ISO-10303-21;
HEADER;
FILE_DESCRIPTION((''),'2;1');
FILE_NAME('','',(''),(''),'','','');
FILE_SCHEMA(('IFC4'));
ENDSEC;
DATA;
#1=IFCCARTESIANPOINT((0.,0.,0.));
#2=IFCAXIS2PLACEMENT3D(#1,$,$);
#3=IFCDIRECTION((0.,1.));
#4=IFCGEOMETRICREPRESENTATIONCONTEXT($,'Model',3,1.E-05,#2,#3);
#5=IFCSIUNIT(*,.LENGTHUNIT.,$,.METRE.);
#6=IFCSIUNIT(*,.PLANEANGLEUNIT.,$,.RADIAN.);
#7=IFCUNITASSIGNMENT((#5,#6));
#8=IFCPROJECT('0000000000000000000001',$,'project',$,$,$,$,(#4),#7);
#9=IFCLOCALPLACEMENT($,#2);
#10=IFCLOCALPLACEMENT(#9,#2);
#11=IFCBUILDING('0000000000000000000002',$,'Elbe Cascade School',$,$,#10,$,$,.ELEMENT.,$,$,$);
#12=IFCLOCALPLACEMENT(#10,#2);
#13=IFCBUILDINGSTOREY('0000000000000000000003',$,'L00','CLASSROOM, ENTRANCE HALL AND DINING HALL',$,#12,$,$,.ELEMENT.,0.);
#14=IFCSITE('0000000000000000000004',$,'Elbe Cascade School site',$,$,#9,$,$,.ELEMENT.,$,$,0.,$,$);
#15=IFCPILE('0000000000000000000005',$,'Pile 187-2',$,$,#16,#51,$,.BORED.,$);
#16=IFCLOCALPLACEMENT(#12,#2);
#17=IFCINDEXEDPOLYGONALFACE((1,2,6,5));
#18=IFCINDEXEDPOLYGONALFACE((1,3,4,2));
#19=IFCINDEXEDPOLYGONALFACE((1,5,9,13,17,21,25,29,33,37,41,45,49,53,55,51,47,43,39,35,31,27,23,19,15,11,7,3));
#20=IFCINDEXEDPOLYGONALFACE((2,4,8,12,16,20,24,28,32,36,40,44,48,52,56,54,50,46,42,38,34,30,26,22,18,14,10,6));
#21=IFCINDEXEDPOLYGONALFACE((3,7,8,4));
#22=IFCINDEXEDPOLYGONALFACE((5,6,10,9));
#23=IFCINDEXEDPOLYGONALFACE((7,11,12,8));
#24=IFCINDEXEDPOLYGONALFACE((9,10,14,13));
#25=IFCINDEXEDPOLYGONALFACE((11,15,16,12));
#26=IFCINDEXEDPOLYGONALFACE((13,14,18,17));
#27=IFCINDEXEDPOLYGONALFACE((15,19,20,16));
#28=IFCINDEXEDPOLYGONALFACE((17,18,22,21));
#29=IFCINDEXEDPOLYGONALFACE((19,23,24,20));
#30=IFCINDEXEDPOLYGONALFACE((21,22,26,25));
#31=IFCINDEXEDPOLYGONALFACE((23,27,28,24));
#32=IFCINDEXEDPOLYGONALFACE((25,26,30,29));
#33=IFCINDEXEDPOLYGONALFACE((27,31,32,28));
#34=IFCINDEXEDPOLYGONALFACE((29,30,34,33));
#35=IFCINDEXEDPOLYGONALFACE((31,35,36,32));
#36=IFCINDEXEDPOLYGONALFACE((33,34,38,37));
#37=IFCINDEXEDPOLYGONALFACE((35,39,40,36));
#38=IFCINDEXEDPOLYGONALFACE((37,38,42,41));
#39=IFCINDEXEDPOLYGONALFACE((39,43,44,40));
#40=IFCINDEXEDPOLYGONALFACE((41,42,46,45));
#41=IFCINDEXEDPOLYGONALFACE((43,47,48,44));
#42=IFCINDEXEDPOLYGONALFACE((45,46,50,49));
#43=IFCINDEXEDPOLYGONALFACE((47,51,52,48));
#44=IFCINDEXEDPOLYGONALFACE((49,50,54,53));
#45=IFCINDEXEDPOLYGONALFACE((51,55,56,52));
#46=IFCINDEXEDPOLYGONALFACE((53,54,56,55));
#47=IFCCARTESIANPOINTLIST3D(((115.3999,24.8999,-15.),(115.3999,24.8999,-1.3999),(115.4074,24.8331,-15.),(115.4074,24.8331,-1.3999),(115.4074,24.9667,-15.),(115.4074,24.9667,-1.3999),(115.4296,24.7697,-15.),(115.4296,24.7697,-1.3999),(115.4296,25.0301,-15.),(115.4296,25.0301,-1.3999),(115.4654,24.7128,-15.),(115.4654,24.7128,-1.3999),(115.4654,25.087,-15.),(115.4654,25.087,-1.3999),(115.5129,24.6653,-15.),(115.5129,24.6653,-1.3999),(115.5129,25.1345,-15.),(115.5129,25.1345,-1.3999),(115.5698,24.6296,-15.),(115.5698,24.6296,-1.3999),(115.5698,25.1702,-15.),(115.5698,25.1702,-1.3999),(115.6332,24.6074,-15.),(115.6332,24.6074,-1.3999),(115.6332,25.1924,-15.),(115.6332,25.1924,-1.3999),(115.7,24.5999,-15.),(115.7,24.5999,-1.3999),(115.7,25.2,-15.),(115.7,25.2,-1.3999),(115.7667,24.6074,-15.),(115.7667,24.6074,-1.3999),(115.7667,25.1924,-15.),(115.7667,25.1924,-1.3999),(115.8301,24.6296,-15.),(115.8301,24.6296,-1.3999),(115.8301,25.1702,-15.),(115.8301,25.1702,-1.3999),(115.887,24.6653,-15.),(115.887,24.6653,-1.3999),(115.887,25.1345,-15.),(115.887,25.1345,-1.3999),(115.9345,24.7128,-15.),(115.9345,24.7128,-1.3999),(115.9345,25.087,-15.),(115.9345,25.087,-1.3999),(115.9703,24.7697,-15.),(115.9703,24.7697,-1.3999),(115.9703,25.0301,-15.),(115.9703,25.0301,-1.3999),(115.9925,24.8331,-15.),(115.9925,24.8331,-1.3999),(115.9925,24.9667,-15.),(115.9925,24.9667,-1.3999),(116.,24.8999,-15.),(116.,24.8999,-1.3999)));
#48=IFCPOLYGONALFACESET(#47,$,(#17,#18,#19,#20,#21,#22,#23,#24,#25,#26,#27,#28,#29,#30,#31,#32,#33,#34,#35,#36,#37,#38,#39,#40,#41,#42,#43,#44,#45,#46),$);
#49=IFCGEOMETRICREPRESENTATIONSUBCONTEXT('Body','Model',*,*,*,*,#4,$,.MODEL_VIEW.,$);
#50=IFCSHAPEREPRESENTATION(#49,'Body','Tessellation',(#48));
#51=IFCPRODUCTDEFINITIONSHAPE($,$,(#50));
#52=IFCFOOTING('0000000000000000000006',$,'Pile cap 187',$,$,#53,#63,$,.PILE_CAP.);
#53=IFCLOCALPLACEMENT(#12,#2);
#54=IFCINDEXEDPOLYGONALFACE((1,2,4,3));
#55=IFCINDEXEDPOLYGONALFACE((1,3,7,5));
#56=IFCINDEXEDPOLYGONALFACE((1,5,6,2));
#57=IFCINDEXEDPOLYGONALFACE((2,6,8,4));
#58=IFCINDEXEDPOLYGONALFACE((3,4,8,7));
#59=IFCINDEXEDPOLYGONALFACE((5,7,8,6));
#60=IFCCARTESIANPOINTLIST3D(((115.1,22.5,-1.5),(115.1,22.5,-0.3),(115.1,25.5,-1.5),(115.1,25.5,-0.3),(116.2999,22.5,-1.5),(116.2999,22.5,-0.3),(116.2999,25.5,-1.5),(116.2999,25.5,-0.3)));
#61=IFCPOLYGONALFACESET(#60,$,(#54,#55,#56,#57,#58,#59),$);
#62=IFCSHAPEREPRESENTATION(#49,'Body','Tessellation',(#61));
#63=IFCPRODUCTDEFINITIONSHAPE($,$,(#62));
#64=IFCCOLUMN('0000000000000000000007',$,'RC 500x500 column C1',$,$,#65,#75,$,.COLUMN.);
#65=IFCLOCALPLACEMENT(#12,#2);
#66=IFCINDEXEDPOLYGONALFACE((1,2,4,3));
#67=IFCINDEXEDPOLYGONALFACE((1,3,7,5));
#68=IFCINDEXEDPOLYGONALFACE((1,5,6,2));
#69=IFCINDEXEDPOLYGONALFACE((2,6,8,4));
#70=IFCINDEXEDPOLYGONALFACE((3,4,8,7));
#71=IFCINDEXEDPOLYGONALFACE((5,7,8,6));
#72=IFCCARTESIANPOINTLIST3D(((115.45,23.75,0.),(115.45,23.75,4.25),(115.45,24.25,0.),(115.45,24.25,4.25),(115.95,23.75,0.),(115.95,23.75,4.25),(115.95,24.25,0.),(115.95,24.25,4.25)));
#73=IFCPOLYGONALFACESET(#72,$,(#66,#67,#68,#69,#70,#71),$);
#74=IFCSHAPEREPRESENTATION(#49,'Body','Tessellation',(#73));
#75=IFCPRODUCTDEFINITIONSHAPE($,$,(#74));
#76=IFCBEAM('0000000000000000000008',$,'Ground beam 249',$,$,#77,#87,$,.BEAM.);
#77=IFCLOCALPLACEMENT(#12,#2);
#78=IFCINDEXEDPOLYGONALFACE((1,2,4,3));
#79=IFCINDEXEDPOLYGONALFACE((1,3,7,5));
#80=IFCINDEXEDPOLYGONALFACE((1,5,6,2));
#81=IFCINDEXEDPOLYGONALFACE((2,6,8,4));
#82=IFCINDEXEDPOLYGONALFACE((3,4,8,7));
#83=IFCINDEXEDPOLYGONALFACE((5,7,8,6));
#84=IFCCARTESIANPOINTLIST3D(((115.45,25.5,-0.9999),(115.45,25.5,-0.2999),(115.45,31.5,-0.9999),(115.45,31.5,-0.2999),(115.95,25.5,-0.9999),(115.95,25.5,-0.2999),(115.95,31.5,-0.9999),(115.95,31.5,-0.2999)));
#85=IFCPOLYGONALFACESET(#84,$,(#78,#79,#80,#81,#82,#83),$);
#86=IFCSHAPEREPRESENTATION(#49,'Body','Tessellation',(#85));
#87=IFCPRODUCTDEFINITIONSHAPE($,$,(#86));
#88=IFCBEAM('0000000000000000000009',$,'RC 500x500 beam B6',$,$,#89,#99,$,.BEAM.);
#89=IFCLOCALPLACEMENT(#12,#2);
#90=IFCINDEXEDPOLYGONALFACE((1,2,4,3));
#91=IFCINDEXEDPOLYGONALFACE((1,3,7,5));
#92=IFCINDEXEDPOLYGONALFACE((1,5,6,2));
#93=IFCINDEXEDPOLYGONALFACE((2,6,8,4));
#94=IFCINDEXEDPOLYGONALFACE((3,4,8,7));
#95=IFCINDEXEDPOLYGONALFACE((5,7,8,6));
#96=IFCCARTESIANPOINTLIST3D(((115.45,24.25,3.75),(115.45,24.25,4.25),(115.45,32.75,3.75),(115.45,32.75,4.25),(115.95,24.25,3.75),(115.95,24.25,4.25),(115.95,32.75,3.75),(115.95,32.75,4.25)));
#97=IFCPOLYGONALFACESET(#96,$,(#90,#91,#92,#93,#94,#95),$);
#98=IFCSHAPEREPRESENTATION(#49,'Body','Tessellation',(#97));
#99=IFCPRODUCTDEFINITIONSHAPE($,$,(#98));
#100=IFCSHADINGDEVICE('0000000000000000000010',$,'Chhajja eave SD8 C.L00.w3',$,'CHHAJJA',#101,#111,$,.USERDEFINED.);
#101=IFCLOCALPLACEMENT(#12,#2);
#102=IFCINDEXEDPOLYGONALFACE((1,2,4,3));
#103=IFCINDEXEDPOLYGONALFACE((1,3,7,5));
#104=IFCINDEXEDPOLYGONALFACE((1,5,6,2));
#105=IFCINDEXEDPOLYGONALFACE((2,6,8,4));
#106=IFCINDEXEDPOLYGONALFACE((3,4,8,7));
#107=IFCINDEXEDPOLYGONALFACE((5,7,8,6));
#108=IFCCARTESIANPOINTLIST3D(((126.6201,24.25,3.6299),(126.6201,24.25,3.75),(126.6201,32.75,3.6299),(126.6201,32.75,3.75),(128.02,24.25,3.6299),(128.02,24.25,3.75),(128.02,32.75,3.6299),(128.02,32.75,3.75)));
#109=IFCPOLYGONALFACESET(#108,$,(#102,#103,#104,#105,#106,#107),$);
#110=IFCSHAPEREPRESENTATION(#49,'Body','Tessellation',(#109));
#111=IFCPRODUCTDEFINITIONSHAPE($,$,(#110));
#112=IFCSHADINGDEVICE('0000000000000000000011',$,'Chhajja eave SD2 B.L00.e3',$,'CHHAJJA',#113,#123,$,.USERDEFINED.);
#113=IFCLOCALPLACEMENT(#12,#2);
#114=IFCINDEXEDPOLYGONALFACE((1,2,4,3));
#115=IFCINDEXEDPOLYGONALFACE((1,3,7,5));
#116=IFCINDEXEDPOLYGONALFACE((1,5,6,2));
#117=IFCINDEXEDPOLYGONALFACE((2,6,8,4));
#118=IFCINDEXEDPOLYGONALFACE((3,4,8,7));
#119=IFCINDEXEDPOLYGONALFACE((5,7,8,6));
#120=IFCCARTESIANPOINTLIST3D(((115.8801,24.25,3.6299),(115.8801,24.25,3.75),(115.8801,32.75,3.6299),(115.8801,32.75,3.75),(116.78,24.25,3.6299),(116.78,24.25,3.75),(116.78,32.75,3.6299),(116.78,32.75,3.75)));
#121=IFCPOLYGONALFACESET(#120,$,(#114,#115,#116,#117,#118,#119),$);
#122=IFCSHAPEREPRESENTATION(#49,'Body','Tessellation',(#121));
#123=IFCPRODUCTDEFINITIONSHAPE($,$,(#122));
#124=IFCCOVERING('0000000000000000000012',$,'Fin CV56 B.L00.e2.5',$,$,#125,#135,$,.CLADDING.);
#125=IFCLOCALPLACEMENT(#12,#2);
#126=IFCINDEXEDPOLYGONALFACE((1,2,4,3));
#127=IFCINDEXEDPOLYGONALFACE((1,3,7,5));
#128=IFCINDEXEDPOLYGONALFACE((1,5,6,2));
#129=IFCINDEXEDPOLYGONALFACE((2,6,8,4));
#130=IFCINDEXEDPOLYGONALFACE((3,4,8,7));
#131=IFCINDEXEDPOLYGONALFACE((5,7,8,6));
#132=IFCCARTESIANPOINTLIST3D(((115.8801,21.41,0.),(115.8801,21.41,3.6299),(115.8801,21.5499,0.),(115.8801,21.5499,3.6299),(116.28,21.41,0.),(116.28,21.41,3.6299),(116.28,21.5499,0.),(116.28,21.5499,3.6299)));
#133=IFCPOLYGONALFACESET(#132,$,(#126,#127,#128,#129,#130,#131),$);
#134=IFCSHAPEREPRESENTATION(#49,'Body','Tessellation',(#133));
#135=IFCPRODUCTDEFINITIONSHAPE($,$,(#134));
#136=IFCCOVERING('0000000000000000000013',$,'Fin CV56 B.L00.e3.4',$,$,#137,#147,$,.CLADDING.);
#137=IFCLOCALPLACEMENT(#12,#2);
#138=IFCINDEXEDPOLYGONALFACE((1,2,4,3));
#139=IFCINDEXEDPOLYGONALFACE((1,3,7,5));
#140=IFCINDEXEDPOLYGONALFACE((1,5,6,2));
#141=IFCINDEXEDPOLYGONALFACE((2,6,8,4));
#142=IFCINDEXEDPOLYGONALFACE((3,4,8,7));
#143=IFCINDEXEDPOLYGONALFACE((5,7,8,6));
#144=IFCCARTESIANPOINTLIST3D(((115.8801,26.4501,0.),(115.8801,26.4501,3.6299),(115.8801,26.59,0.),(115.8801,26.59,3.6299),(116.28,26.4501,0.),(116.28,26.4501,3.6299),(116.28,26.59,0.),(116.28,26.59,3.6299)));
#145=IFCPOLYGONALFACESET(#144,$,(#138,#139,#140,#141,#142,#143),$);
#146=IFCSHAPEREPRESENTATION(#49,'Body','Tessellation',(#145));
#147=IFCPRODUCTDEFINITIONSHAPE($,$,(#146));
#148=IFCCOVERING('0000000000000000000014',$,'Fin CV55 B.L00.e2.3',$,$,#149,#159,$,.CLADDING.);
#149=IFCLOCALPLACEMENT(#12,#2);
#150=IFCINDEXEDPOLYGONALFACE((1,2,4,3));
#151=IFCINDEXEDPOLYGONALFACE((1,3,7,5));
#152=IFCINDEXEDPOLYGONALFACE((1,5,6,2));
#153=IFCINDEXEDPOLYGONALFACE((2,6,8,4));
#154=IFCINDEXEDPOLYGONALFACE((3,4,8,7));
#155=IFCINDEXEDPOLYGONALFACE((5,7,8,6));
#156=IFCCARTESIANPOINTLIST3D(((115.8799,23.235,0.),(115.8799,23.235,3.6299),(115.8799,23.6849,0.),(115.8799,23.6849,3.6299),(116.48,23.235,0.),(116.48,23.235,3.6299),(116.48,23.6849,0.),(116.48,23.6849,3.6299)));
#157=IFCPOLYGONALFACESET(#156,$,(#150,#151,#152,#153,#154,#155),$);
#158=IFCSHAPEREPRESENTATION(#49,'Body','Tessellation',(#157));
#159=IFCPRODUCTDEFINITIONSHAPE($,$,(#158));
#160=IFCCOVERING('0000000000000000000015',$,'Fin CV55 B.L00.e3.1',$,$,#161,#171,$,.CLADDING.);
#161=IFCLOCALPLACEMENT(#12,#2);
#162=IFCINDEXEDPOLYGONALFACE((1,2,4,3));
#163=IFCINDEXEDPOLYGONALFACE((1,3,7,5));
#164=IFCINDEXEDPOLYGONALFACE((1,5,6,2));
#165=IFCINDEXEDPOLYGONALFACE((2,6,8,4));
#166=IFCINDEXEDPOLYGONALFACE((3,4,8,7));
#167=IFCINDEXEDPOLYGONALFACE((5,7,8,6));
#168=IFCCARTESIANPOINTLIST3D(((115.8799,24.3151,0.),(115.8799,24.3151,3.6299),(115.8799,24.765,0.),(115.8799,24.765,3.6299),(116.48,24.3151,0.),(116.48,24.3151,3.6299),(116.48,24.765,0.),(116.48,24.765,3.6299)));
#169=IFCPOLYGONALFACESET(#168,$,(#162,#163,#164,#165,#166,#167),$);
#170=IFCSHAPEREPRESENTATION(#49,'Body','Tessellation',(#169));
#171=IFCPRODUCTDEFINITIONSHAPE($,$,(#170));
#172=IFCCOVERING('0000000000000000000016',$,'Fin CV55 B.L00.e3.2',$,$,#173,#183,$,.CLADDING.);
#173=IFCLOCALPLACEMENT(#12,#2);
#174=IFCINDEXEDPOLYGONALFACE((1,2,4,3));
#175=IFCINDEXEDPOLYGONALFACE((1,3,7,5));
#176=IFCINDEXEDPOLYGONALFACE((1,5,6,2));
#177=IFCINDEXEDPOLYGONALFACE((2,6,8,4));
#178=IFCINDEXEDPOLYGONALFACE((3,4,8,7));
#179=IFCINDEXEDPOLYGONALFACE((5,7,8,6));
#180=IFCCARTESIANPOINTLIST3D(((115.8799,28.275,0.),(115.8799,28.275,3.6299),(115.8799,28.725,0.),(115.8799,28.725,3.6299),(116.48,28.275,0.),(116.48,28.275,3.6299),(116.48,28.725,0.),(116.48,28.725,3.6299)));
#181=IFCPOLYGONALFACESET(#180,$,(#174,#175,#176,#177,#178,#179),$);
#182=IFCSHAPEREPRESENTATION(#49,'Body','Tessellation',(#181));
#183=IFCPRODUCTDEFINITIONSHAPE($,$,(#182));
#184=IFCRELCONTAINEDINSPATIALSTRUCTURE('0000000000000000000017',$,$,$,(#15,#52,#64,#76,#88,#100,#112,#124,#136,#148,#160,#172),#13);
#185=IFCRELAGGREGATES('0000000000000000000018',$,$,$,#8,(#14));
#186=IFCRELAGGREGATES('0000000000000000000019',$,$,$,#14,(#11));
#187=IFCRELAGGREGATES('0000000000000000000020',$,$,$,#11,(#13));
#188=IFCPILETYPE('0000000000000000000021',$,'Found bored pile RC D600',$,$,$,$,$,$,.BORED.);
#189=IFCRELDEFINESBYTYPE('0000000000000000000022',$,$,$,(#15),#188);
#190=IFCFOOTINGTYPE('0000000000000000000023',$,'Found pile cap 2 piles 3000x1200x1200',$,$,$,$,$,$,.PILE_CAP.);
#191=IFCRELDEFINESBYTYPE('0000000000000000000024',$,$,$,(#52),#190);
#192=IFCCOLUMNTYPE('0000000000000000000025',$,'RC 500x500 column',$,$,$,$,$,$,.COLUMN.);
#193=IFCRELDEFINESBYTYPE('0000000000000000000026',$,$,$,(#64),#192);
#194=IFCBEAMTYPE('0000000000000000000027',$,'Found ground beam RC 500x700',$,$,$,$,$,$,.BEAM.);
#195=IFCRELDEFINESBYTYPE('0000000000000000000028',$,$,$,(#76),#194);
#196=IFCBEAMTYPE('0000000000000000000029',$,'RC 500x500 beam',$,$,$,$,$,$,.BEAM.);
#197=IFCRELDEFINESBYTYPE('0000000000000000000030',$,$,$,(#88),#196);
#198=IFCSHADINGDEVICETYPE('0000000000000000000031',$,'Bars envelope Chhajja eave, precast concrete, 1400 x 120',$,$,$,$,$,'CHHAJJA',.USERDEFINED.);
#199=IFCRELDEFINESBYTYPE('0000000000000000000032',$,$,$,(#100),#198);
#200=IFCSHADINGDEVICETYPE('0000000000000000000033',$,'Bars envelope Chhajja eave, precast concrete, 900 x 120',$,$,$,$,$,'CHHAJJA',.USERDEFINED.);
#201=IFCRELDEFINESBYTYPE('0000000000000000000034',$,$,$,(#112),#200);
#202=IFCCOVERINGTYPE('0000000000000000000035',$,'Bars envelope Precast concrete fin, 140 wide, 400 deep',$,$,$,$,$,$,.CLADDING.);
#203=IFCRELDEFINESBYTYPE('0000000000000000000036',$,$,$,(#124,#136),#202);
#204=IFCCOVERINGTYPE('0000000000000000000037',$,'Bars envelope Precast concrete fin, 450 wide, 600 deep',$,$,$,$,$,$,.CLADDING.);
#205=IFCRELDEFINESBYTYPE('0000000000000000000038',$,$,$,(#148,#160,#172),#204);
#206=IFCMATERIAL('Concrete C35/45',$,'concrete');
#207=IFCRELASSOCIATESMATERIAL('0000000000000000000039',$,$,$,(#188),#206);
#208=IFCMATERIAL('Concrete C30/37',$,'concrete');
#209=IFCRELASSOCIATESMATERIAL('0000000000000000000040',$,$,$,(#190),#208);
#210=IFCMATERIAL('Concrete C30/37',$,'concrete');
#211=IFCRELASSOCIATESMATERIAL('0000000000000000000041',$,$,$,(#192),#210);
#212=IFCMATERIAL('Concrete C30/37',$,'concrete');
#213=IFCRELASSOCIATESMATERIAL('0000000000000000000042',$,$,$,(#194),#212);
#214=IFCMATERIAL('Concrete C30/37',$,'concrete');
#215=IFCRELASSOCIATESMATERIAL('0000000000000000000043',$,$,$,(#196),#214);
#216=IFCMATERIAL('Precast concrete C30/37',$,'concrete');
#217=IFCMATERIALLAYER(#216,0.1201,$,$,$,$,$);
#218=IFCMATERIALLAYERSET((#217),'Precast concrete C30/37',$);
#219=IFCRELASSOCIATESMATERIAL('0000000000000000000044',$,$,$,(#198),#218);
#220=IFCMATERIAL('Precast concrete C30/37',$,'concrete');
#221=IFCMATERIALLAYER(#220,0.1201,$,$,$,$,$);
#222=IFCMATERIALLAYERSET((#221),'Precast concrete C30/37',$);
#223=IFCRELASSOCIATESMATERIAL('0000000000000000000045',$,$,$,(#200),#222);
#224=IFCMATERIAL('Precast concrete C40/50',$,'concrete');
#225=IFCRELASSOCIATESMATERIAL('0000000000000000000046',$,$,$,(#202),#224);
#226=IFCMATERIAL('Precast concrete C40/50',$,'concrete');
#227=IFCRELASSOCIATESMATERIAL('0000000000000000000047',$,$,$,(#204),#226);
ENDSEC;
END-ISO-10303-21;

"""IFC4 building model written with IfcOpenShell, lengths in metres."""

from ifc_helpers import new_model, si_unit, direction, frame, origin, origin_2d, place, context, subcontext, project, spatial, rectangle, circle, extrude, material, layer, layer_set, material_profile, profile_set, type_object, element, save


model = new_model("IFC4")

# Units and contexts
model_context = context("Model", 3, precision=1e-05, world=origin(), true_north=direction((0.0, 1.0)))
body_context = subcontext(model_context, "Body", "Model", "MODEL_VIEW")
ifc_project = project(units=[si_unit("LENGTHUNIT", "METRE"), si_unit("PLANEANGLEUNIT", "RADIAN")], contexts=[model_context])

# Site, building, storey
site_placement = place(None, origin())
site = spatial("IfcSite", under=ifc_project, at=site_placement, Name="Elbe Cascade School site", CompositionType="ELEMENT", RefElevation=0.0)
building_placement = place(site_placement, origin())
building = spatial("IfcBuilding", under=site, at=building_placement, Name="Elbe Cascade School", CompositionType="ELEMENT")
storey_placement = place(building_placement, origin())
storey = spatial("IfcBuildingStorey", under=building, at=storey_placement, Name="L00", Description="CLASSROOM, ENTRANCE HALL AND DINING HALL", CompositionType="ELEMENT", Elevation=0.0)

# Pile
ifc_material_1 = material(Name="Concrete C35/45", Category="concrete")
ifc_material_profile_1 = material_profile(ifc_material_1, circle(Radius=0.3, at=origin_2d()), Name="RC D600")
ifc_profile_set_1 = profile_set([ifc_material_profile_1], Name="Concrete C35/45")
pile_type = type_object("IfcPileType", Name="Found bored pile RC D600", PredefinedType="BORED", material=ifc_profile_set_1)
pile_placement = place(storey_placement, frame((115.7, 24.8999, -1.3999), z_axis=(0.0, 0.0, -1.0), x_axis=(1.0, 0.0, 0.0)))
element("IfcPile", 1, at=pile_placement, inside=storey, type_object=pile_type, Name="Pile 187-2", PredefinedType="BORED", context=body_context, shape_type="SweptSolid", body=[
    extrude(circle(Radius=0.3, at=origin_2d()), origin(), (0.0, 0.0, 1.0), 13.6001),
])

# Footing
ifc_material_2 = material(Name="Concrete C30/37", Category="concrete")
footing_type = type_object("IfcFootingType", Name="Found pile cap 2 piles 3000x1200x1200", PredefinedType="PILE_CAP", material=ifc_material_2)
footing_placement = place(storey_placement, frame((115.7, 24.0, -1.5), z_axis=(0.0, 0.0, 1.0), x_axis=(1.0, 0.0, 0.0)))
element("IfcFooting", 2, at=footing_placement, inside=storey, type_object=footing_type, Name="Pile cap 187", PredefinedType="PILE_CAP", context=body_context, shape_type="SweptSolid", body=[
    extrude(rectangle(XDim=1.2, YDim=3.0, at=origin_2d()), origin(), (0.0, 0.0, 1.0), 1.2),
])

# Column
ifc_material_3 = material(Name="Concrete C30/37", Category="concrete")
ifc_material_profile_2 = material_profile(ifc_material_3, rectangle(XDim=0.5, YDim=0.5, at=origin_2d()), Name="RC 500x500")
ifc_profile_set_2 = profile_set([ifc_material_profile_2], Name="Concrete C30/37")
column_type = type_object("IfcColumnType", Name="RC 500x500 column", PredefinedType="COLUMN", material=ifc_profile_set_2)
column_placement = place(storey_placement, frame((115.7, 24.0, 0.0), z_axis=(0.0, 0.0, 1.0), x_axis=(1.0, 0.0, 0.0)))
element("IfcColumn", 3, at=column_placement, inside=storey, type_object=column_type, Name="RC 500x500 column C1", PredefinedType="COLUMN", context=body_context, shape_type="SweptSolid", body=[
    extrude(rectangle(XDim=0.5, YDim=0.5, at=origin_2d()), origin(), (0.0, 0.0, 1.0), 4.25),
])

# Beams
ifc_material_4 = material(Name="Concrete C30/37", Category="concrete")
ifc_material_profile_3 = material_profile(ifc_material_4, rectangle(XDim=0.5, YDim=0.7, at=origin_2d()), Name="RC 500x700")
ifc_profile_set_3 = profile_set([ifc_material_profile_3], Name="Concrete C30/37")
beam_type_1 = type_object("IfcBeamType", Name="Found ground beam RC 500x700", PredefinedType="BEAM", material=ifc_profile_set_3)
beam_1_placement = place(storey_placement, frame((115.7, 25.5, -0.6499), z_axis=(0.0, 1.0, 0.0), x_axis=(-1.0, 0.0, 0.0)))
element("IfcBeam", 4, at=beam_1_placement, inside=storey, type_object=beam_type_1, Name="Ground beam 249", PredefinedType="BEAM", context=body_context, shape_type="SweptSolid", body=[
    extrude(rectangle(XDim=0.5, YDim=0.7, at=origin_2d()), origin(), (0.0, 0.0, 1.0), 6.0),
])
ifc_material_5 = material(Name="Concrete C30/37", Category="concrete")
ifc_material_profile_4 = material_profile(ifc_material_5, rectangle(XDim=0.5, YDim=0.5, at=origin_2d()), Name="RC 500x500")
ifc_profile_set_4 = profile_set([ifc_material_profile_4], Name="Concrete C30/37")
beam_type_2 = type_object("IfcBeamType", Name="RC 500x500 beam", PredefinedType="BEAM", material=ifc_profile_set_4)
beam_2_placement = place(storey_placement, frame((115.7, 24.25, 4.0), z_axis=(0.0, 1.0, 0.0), x_axis=(-1.0, 0.0, 0.0)))
element("IfcBeam", 5, at=beam_2_placement, inside=storey, type_object=beam_type_2, Name="RC 500x500 beam B6", PredefinedType="BEAM", context=body_context, shape_type="SweptSolid", body=[
    extrude(rectangle(XDim=0.5, YDim=0.5, at=origin_2d()), origin(), (0.0, 0.0, 1.0), 8.5),
])

# Shading devices
ifc_material_6 = material(Name="Precast concrete C30/37", Category="concrete")
ifc_layer_1 = layer(ifc_material_6, 0.1201)
ifc_layer_set_1 = layer_set([ifc_layer_1], Name="Precast concrete C30/37")
shading_device_type_1 = type_object("IfcShadingDeviceType", Name="Bars envelope Chhajja eave, precast concrete, 1400 x 120", ElementType="CHHAJJA", PredefinedType="USERDEFINED", material=ifc_layer_set_1)
shading_device_1_placement = place(storey_placement, frame((127.3201, 28.5, 3.6299), z_axis=(0.0, 0.0, 1.0), x_axis=(0.0, 1.0, 0.0)))
element("IfcShadingDevice", 6, at=shading_device_1_placement, inside=storey, type_object=shading_device_type_1, Name="Chhajja eave SD8 C.L00.w3", ObjectType="CHHAJJA", PredefinedType="USERDEFINED", context=body_context, shape_type="SweptSolid", body=[
    extrude(rectangle(XDim=8.5, YDim=1.3999, at=origin_2d()), origin(), (0.0, 0.0, 1.0), 0.1201),
])
ifc_material_7 = material(Name="Precast concrete C30/37", Category="concrete")
ifc_layer_2 = layer(ifc_material_7, 0.1201)
ifc_layer_set_2 = layer_set([ifc_layer_2], Name="Precast concrete C30/37")
shading_device_type_2 = type_object("IfcShadingDeviceType", Name="Bars envelope Chhajja eave, precast concrete, 900 x 120", ElementType="CHHAJJA", PredefinedType="USERDEFINED", material=ifc_layer_set_2)
shading_device_2_placement = place(storey_placement, frame((116.3301, 28.5, 3.6299), z_axis=(0.0, 0.0, 1.0), x_axis=(0.0, 1.0, 0.0)))
element("IfcShadingDevice", 7, at=shading_device_2_placement, inside=storey, type_object=shading_device_type_2, Name="Chhajja eave SD2 B.L00.e3", ObjectType="CHHAJJA", PredefinedType="USERDEFINED", context=body_context, shape_type="SweptSolid", body=[
    extrude(rectangle(XDim=8.5, YDim=0.8999, at=origin_2d()), origin(), (0.0, 0.0, 1.0), 0.1201),
])

# Coverings
ifc_material_8 = material(Name="Precast concrete C40/50", Category="concrete")
covering_type_1 = type_object("IfcCoveringType", Name="Bars envelope Precast concrete fin, 140 wide, 400 deep", PredefinedType="CLADDING", material=ifc_material_8)
for number, where, z_axis, x_axis, name in (
    (8, (116.0801, 21.48, 0.0), (0.0, 0.0, 1.0), (0.0, 1.0, 0.0), "Fin CV56 B.L00.e2.5"),
    (9, (116.0801, 26.52, 0.0), (0.0, 0.0, 1.0), (0.0, 1.0, 0.0), "Fin CV56 B.L00.e3.4"),
):
    element("IfcCovering", number, at=place(storey_placement, frame(where, z_axis=z_axis, x_axis=x_axis)), inside=storey, type_object=covering_type_1, Name=name, PredefinedType="CLADDING", context=body_context, shape_type="SweptSolid", body=[
        extrude(rectangle(XDim=0.1399, YDim=0.3999, at=origin_2d()), origin(), (0.0, 0.0, 1.0), 3.6299),
    ])
ifc_material_9 = material(Name="Precast concrete C40/50", Category="concrete")
covering_type_2 = type_object("IfcCoveringType", Name="Bars envelope Precast concrete fin, 450 wide, 600 deep", PredefinedType="CLADDING", material=ifc_material_9)
for number, where, z_axis, x_axis, name in (
    (10, (116.1799, 23.46, 0.0), (0.0, 0.0, 1.0), (0.0, 1.0, 0.0), "Fin CV55 B.L00.e2.3"),
    (11, (116.1799, 24.54, 0.0), (0.0, 0.0, 1.0), (0.0, 1.0, 0.0), "Fin CV55 B.L00.e3.1"),
    (12, (116.1799, 28.5, 0.0), (0.0, 0.0, 1.0), (0.0, 1.0, 0.0), "Fin CV55 B.L00.e3.2"),
):
    element("IfcCovering", number, at=place(storey_placement, frame(where, z_axis=z_axis, x_axis=x_axis)), inside=storey, type_object=covering_type_2, Name=name, PredefinedType="CLADDING", context=body_context, shape_type="SweptSolid", body=[
        extrude(rectangle(XDim=0.45, YDim=0.6001, at=origin_2d()), origin(), (0.0, 0.0, 1.0), 3.6299),
    ])

save(model, "model.ifc")
